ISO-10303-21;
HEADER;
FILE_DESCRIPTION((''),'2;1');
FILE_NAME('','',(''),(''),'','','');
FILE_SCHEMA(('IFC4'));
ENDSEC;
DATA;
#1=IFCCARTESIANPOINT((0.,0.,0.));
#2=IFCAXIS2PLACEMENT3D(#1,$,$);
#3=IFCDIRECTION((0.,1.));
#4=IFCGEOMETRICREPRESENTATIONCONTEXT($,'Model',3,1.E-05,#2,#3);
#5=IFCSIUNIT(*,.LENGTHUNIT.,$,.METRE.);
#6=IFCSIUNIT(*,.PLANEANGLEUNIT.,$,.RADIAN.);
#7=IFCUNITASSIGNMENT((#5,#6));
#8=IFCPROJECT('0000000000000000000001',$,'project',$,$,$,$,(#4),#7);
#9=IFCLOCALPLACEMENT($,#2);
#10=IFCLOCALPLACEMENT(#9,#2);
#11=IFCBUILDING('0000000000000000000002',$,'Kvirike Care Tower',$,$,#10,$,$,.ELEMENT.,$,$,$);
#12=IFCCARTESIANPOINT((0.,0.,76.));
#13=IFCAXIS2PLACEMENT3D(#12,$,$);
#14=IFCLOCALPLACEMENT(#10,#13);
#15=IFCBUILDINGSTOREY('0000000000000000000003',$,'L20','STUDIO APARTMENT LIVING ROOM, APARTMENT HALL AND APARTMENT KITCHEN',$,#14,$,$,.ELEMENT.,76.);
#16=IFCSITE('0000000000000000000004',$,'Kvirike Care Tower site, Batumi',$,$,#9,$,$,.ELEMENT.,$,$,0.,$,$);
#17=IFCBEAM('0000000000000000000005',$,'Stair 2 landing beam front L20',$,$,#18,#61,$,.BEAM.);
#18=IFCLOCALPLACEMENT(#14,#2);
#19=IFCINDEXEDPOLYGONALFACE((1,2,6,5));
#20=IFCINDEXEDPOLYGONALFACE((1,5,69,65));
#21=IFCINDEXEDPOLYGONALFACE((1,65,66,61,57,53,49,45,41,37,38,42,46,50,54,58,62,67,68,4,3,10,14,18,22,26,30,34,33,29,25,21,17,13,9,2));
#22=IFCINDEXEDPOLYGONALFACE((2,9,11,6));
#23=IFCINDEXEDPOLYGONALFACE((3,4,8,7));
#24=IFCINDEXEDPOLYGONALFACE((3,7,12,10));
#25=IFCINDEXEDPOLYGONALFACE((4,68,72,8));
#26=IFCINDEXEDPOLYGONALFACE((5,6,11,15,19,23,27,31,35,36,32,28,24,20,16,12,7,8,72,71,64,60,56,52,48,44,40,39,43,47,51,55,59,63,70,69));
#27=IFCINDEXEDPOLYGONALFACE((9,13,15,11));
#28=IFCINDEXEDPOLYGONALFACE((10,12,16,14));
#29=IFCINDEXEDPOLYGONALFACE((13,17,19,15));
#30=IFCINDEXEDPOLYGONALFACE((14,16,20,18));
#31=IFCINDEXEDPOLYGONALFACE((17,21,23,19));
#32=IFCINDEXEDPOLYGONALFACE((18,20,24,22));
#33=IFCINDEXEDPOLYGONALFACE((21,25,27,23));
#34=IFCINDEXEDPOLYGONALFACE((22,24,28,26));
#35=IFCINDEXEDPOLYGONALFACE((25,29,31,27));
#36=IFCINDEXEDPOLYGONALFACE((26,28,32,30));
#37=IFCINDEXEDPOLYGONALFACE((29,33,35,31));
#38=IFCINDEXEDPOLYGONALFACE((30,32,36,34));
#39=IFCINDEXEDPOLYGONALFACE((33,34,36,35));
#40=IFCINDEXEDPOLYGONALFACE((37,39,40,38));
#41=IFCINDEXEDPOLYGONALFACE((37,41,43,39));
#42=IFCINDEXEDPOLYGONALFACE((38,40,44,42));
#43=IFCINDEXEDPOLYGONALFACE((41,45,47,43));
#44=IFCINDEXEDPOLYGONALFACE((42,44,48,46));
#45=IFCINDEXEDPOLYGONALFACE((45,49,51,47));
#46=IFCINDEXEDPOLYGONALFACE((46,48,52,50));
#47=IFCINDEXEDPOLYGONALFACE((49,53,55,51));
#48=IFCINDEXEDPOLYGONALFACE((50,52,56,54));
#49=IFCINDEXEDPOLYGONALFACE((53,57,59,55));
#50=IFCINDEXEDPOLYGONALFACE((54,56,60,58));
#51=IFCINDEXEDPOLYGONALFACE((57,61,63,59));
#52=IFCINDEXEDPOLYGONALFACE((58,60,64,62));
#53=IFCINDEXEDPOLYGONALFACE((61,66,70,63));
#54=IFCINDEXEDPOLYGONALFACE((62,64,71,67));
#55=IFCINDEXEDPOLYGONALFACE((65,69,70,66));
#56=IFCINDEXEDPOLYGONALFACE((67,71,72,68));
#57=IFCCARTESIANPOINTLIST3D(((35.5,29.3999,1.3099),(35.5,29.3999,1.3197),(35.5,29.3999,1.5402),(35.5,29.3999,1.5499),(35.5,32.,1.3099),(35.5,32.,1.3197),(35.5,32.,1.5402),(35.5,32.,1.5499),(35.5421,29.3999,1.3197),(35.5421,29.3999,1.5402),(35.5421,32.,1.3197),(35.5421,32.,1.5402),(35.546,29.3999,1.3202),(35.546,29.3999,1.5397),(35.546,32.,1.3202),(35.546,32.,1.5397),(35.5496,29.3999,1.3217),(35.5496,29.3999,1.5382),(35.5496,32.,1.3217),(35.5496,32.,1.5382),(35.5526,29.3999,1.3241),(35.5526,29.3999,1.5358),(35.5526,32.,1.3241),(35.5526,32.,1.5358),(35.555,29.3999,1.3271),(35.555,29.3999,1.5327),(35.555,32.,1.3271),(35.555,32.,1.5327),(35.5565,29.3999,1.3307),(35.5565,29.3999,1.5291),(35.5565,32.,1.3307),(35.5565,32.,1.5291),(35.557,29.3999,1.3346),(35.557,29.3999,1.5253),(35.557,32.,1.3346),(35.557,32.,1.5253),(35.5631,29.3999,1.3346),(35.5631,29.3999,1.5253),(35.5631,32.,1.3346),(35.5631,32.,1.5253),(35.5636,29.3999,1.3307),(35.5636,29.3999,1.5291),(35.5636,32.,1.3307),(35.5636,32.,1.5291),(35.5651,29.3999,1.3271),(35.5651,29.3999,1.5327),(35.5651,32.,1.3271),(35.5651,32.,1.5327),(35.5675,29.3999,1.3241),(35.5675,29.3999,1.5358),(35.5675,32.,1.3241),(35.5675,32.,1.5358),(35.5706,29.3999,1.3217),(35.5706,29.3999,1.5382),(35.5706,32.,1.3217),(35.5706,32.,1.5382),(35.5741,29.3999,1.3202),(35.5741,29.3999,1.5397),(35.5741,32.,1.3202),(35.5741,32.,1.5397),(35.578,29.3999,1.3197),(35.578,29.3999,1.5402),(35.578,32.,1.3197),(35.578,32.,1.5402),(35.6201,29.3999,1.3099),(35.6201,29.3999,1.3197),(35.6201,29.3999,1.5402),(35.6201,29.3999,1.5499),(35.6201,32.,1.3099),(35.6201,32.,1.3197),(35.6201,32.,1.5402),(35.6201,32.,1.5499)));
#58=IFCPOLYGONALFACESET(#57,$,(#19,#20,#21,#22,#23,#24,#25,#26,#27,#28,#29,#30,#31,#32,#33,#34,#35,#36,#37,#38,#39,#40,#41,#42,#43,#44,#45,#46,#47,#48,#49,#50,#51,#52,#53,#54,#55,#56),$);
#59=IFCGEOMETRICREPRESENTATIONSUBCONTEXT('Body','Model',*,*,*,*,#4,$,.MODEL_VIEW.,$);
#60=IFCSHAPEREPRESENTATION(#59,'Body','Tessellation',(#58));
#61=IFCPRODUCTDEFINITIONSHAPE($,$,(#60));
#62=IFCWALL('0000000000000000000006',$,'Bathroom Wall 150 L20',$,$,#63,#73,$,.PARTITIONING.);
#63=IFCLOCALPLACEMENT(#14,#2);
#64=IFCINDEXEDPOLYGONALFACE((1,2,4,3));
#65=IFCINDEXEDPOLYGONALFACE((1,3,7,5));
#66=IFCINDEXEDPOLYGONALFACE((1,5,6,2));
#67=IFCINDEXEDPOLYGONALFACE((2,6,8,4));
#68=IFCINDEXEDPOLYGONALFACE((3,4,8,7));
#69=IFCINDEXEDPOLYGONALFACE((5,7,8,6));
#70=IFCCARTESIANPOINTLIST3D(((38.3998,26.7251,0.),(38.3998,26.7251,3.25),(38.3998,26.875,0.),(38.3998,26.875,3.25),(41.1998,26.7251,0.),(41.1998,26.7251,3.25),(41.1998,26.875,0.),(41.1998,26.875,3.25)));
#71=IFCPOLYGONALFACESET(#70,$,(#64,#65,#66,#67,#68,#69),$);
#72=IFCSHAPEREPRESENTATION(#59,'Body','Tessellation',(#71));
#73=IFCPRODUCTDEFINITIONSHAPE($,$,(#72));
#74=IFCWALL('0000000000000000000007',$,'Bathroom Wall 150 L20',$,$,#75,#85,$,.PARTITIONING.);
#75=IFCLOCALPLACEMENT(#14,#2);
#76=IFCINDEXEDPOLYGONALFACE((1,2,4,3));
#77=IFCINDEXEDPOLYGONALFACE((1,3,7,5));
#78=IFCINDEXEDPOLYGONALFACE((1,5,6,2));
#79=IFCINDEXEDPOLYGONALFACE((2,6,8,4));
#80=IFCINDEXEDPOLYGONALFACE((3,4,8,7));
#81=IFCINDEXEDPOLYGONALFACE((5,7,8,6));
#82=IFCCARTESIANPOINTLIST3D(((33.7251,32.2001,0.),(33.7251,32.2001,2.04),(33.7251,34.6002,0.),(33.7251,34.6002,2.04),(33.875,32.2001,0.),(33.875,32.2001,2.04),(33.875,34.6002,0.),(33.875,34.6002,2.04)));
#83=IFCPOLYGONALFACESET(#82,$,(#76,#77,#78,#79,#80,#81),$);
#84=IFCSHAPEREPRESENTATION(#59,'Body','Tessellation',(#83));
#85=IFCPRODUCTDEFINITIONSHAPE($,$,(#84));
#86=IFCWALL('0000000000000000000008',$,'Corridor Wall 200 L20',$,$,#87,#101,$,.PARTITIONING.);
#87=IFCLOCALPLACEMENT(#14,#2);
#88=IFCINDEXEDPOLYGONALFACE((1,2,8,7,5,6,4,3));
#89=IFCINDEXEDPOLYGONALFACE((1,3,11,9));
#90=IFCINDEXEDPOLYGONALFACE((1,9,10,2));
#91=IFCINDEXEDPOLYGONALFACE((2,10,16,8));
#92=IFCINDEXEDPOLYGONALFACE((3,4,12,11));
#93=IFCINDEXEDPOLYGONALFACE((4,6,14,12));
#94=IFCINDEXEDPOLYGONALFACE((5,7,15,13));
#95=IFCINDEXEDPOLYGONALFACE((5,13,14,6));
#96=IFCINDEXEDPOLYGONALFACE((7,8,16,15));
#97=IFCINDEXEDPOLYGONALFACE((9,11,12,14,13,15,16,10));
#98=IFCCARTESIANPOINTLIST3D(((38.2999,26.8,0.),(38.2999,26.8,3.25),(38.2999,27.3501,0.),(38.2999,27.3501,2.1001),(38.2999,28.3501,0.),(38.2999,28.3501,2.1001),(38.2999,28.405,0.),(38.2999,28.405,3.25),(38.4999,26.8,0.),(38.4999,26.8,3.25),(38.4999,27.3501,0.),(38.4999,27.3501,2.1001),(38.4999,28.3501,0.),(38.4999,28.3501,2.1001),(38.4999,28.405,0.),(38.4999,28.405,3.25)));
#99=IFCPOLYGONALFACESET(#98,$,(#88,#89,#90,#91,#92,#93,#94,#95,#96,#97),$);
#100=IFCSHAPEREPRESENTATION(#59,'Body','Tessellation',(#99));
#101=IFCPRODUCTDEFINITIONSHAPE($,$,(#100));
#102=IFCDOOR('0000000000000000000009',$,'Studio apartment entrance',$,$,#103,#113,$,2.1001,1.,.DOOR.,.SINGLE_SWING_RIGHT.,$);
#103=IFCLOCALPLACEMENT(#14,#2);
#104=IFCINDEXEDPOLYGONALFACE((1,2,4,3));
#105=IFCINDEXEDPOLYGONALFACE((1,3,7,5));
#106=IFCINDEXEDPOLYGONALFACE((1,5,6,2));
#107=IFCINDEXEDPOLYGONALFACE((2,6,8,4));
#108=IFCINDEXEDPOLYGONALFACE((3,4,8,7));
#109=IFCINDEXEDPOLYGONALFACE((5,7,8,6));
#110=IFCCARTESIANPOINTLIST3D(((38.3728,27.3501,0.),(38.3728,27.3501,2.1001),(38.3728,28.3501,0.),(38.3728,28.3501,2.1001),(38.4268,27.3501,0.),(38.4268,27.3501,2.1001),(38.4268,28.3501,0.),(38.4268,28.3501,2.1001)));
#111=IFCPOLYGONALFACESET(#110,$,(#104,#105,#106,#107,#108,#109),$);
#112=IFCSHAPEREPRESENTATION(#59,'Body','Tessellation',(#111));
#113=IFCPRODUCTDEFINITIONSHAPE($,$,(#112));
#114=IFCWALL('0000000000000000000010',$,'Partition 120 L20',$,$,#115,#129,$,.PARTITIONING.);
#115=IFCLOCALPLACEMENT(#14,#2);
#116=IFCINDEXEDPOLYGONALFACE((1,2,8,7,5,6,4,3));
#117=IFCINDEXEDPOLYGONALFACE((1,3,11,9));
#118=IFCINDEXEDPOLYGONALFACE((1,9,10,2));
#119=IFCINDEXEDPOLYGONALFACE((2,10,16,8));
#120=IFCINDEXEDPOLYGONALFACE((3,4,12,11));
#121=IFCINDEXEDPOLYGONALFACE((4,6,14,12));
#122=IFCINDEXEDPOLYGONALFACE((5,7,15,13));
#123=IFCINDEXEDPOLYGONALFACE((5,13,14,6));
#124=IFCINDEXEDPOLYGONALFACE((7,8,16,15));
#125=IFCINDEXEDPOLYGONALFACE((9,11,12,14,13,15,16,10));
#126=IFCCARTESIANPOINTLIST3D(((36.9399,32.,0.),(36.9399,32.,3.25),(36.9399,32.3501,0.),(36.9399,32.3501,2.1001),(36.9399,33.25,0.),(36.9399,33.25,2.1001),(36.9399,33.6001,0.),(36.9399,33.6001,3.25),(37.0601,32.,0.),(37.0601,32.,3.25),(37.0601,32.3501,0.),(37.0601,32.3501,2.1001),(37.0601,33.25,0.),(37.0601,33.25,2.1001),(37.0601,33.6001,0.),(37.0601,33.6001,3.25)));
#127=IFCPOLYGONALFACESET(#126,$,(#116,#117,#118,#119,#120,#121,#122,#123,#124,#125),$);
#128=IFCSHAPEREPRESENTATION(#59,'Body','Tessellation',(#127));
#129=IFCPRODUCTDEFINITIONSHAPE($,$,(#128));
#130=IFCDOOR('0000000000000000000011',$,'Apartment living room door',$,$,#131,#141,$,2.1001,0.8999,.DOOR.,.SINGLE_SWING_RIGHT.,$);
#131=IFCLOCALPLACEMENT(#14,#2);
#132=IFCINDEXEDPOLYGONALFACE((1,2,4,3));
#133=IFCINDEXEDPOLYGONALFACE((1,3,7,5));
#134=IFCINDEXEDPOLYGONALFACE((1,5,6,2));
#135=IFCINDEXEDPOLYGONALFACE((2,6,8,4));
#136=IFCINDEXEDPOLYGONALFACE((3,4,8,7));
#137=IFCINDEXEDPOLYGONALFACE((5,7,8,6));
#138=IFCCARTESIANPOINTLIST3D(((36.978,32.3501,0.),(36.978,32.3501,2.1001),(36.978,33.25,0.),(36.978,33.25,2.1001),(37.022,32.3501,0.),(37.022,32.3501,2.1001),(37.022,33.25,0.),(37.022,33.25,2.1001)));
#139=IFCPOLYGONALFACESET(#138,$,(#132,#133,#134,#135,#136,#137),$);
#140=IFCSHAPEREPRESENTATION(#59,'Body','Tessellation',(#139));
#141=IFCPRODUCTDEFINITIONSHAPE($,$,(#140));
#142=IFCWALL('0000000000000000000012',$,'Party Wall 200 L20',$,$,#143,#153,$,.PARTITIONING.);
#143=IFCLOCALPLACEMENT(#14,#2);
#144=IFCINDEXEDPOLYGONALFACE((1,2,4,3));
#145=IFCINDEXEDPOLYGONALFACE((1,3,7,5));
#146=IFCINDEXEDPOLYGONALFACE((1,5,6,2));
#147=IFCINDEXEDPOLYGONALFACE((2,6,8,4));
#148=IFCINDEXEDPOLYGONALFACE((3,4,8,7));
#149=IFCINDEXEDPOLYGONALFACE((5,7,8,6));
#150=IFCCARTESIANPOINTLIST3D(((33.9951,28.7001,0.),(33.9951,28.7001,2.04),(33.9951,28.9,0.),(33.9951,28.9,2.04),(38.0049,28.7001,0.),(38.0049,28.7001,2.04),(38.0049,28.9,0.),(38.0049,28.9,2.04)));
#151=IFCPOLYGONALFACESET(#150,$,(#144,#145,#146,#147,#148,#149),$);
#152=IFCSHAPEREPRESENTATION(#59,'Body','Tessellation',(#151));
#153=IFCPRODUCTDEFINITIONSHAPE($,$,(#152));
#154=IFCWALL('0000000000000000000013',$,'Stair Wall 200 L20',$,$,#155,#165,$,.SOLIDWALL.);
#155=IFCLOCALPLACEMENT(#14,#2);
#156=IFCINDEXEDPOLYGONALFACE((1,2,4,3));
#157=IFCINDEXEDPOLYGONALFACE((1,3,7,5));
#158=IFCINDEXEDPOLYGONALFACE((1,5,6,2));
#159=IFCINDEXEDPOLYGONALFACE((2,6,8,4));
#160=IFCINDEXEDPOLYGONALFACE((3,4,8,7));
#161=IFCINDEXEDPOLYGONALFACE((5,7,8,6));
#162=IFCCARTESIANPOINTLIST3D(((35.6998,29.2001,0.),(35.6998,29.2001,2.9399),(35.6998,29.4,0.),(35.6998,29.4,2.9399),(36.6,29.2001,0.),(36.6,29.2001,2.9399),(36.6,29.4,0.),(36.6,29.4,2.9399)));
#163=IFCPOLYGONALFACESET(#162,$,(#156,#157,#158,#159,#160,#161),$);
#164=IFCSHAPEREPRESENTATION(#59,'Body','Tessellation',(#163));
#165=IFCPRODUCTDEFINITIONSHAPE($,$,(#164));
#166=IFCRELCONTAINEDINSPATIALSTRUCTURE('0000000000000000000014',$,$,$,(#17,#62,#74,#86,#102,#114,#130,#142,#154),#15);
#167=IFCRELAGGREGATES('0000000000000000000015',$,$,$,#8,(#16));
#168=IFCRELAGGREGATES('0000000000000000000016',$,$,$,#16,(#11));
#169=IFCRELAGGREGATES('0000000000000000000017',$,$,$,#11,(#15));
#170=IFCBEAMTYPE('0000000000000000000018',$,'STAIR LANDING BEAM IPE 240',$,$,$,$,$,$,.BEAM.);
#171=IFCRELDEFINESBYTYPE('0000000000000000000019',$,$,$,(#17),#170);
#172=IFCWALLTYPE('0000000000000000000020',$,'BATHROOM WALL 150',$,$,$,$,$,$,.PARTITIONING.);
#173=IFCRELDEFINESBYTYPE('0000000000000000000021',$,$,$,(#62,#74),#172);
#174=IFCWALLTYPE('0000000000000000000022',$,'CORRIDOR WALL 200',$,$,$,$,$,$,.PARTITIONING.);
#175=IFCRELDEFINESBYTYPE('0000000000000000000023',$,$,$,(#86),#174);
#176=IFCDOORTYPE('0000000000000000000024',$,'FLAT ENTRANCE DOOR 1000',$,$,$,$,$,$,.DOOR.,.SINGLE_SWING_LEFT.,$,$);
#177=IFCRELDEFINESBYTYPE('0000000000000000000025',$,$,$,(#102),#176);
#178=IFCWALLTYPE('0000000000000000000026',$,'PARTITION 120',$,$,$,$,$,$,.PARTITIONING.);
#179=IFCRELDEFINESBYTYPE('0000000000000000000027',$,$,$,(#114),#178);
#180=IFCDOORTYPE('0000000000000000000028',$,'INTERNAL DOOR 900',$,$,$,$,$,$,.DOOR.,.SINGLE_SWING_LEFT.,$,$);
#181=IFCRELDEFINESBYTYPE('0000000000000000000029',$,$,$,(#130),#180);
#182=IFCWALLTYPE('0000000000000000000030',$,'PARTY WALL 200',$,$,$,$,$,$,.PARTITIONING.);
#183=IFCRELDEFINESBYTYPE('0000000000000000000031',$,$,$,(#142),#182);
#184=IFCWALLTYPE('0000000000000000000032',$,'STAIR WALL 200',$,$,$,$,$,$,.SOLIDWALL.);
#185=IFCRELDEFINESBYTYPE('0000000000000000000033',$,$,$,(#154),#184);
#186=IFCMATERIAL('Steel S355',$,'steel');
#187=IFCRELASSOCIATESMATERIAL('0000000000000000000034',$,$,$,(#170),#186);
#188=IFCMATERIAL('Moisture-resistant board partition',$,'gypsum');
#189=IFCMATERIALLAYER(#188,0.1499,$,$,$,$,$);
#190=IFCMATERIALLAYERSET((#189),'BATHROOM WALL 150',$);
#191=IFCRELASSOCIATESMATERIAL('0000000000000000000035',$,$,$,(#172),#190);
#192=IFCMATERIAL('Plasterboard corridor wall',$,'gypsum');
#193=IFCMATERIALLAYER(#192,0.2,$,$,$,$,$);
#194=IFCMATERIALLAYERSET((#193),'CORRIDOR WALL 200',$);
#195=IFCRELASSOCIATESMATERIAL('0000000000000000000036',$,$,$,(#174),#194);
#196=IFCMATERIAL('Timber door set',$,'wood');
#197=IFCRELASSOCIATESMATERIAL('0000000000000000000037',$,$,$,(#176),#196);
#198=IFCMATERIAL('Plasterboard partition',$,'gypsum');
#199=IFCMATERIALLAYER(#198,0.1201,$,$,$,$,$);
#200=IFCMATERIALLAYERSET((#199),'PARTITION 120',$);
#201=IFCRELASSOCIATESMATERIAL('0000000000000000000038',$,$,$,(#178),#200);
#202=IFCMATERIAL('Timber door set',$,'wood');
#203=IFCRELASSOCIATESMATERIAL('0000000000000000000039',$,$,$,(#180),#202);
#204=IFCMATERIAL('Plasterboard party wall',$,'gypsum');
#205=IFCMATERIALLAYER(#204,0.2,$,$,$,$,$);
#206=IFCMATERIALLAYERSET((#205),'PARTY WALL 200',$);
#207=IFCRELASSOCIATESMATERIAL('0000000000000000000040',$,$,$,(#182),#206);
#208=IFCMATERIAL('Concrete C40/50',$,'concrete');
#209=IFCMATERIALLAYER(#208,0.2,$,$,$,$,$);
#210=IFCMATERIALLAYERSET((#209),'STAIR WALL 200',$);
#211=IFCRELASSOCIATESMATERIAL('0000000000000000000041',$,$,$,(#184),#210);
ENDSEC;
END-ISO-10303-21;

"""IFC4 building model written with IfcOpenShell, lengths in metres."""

from ifc_helpers import new_model, si_unit, direction, frame, frame_2d, origin, origin_2d, place, context, subcontext, project, spatial, rectangle, i_section, extrude, material, layer, layer_set, material_profile, profile_set, type_object, element, fill, save


model = new_model("IFC4")

# Units and contexts
model_context = context("Model", 3, precision=1e-05, world=origin(), true_north=direction((0.0, 1.0)))
body_context = subcontext(model_context, "Body", "Model", "MODEL_VIEW")
ifc_project = project(units=[si_unit("LENGTHUNIT", "METRE"), si_unit("PLANEANGLEUNIT", "RADIAN")], contexts=[model_context])

# Site, building, storey
site_placement = place(None, origin())
site = spatial("IfcSite", under=ifc_project, at=site_placement, Name="Kvirike Care Tower site, Batumi", CompositionType="ELEMENT", RefElevation=0.0)
building_placement = place(site_placement, origin())
building = spatial("IfcBuilding", under=site, at=building_placement, Name="Kvirike Care Tower", CompositionType="ELEMENT")
storey_placement = place(building_placement, frame((0.0, 0.0, 76.0)))
storey = spatial("IfcBuildingStorey", under=building, at=storey_placement, Name="L20", Description="STUDIO APARTMENT LIVING ROOM, APARTMENT HALL AND APARTMENT KITCHEN", CompositionType="ELEMENT", Elevation=76.0)

# Beam
ifc_material_1 = material(Name="Steel S355", Category="steel")
ifc_material_profile_1 = material_profile(ifc_material_1, i_section(OverallWidth=0.1201, OverallDepth=0.24, WebThickness=0.0061, FlangeThickness=0.0098, FilletRadius=0.0149, at=origin_2d()), Name="IPE 240")
ifc_profile_set_1 = profile_set([ifc_material_profile_1], Name="Steel S355")
beam_type_1 = type_object("IfcBeamType", Name="STAIR LANDING BEAM IPE 240", PredefinedType="BEAM", material=ifc_profile_set_1)
for number, where, z_axis, x_axis, name in (
    (1, (35.5601, 29.3999, 1.4299), (0.0, 1.0, 0.0), (-1.0, 0.0, 0.0), "Stair 2 landing beam front L20"),
):
    element("IfcBeam", number, at=place(storey_placement, frame(where, z_axis=z_axis, x_axis=x_axis)), inside=storey, type_object=beam_type_1, Name=name, PredefinedType="BEAM", context=body_context, shape_type="SweptSolid", body=[
        extrude(i_section(OverallWidth=0.1201, OverallDepth=0.24, WebThickness=0.0061, FlangeThickness=0.0098, FilletRadius=0.0149, at=origin_2d()), origin(), (0.0, 0.0, 1.0), 2.6001),
    ])

# Walls
ifc_material_2 = material(Name="Moisture-resistant board partition", Category="gypsum")
ifc_layer_1 = layer(ifc_material_2, 0.1499)
ifc_layer_set_1 = layer_set([ifc_layer_1], Name="BATHROOM WALL 150")
wall_type_1 = type_object("IfcWallType", Name="BATHROOM WALL 150", PredefinedType="PARTITIONING", material=ifc_layer_set_1)
wall_1_placement = place(storey_placement, frame((38.3999, 26.8, 0.0), z_axis=(0.0, 0.0, 1.0), x_axis=(1.0, 0.0, 0.0)))
element("IfcWall", 2, at=wall_1_placement, inside=storey, type_object=wall_type_1, Name="Bathroom Wall 150 L20", PredefinedType="PARTITIONING", context=body_context, shape_type="SweptSolid", body=[
    extrude(rectangle(XDim=2.8, YDim=0.1499, at=frame_2d((1.3999, 0.0))), origin(), (0.0, 0.0, 1.0), 3.25),
])
wall_2_placement = place(storey_placement, frame((33.8, 32.2, 0.0), z_axis=(0.0, 0.0, 1.0), x_axis=(0.0, 1.0, 0.0)))
element("IfcWall", 3, at=wall_2_placement, inside=storey, type_object=wall_type_1, Name="Bathroom Wall 150 L20", PredefinedType="PARTITIONING", context=body_context, shape_type="SweptSolid", body=[
    extrude(rectangle(XDim=2.4001, YDim=0.1499, at=frame_2d((1.2002, 0.0))), origin(), (0.0, 0.0, 1.0), 2.04),
])

# Walls, openings, doors
ifc_material_3 = material(Name="Plasterboard corridor wall", Category="gypsum")
ifc_layer_2 = layer(ifc_material_3, 0.2)
ifc_layer_set_2 = layer_set([ifc_layer_2], Name="CORRIDOR WALL 200")
wall_type_2 = type_object("IfcWallType", Name="CORRIDOR WALL 200", PredefinedType="PARTITIONING", material=ifc_layer_set_2)
wall_3_placement = place(storey_placement, frame((38.3999, 26.8, 0.0), z_axis=(0.0, 0.0, 1.0), x_axis=(0.0, 1.0, 0.0)))
wall_3 = element("IfcWall", 4, at=wall_3_placement, inside=storey, type_object=wall_type_2, Name="Corridor Wall 200 L20", PredefinedType="PARTITIONING", context=body_context, shape_type="SweptSolid", body=[
    extrude(rectangle(XDim=1.605, YDim=0.2, at=frame_2d((0.8025, 0.0))), origin(), (0.0, 0.0, 1.0), 3.25),
])
opening_1_placement = place(wall_3_placement, frame((0.55, 0.0, 0.0)))
opening_1 = element("IfcOpeningElement", 5, at=opening_1_placement, cuts=wall_3, PredefinedType="OPENING", context=body_context, shape_type="SweptSolid", body=[
    extrude(rectangle(XDim=1.0, YDim=2.1001, at=frame_2d((0.5, 1.05))), frame((0.0, 0.1106, 0.0), z_axis=(0.0, -1.0, 0.0), x_axis=(1.0, 0.0, 0.0)), (0.0, 0.0, 1.0), 0.2209),
])
ifc_material_4 = material(Name="Timber door set", Category="wood")
door_type_1 = type_object("IfcDoorType", Name="FLAT ENTRANCE DOOR 1000", OperationType="SINGLE_SWING_LEFT", PredefinedType="DOOR", material=ifc_material_4)
door_1_placement = place(opening_1_placement, frame((1.0, 0.0, 0.0), z_axis=(0.0, 0.0, 1.0), x_axis=(-1.0, 0.0, 0.0)))
door_1 = element("IfcDoor", 6, at=door_1_placement, inside=storey, type_object=door_type_1, Name="Studio apartment entrance", OperationType="SINGLE_SWING_RIGHT", OverallHeight=2.1001, OverallWidth=1.0, PredefinedType="DOOR", context=body_context, shape_type="SweptSolid", body=[
    extrude(rectangle(XDim=1.0, YDim=2.1001, at=frame_2d((0.5, 1.05))), frame((0.0, 0.0269, 0.0), z_axis=(0.0, -1.0, 0.0), x_axis=(1.0, 0.0, 0.0)), (0.0, 0.0, 1.0), 0.054),
])
fill(opening_1, door_1)
ifc_material_5 = material(Name="Plasterboard partition", Category="gypsum")
ifc_layer_3 = layer(ifc_material_5, 0.1201)
ifc_layer_set_3 = layer_set([ifc_layer_3], Name="PARTITION 120")
wall_type_3 = type_object("IfcWallType", Name="PARTITION 120", PredefinedType="PARTITIONING", material=ifc_layer_set_3)
wall_4_placement = place(storey_placement, frame((37.0, 32.0, 0.0), z_axis=(0.0, 0.0, 1.0), x_axis=(0.0, 1.0, 0.0)))
wall_4 = element("IfcWall", 7, at=wall_4_placement, inside=storey, type_object=wall_type_3, Name="Partition 120 L20", PredefinedType="PARTITIONING", context=body_context, shape_type="SweptSolid", body=[
    extrude(rectangle(XDim=1.6001, YDim=0.1201, at=frame_2d((0.8, 0.0))), origin(), (0.0, 0.0, 1.0), 3.25),
])
opening_2_placement = place(wall_4_placement, frame((0.3501, 0.0, 0.0)))
opening_2 = element("IfcOpeningElement", 8, at=opening_2_placement, cuts=wall_4, PredefinedType="OPENING", context=body_context, shape_type="SweptSolid", body=[
    extrude(rectangle(XDim=0.8999, YDim=2.1001, at=frame_2d((0.45, 1.05))), frame((0.0, 0.0706, 0.0), z_axis=(0.0, -1.0, 0.0), x_axis=(1.0, 0.0, 0.0)), (0.0, 0.0, 1.0), 0.1411),
])
ifc_material_6 = material(Name="Timber door set", Category="wood")
door_type_2 = type_object("IfcDoorType", Name="INTERNAL DOOR 900", OperationType="SINGLE_SWING_LEFT", PredefinedType="DOOR", material=ifc_material_6)
door_2_placement = place(opening_2_placement, origin())
door_2 = element("IfcDoor", 9, at=door_2_placement, inside=storey, type_object=door_type_2, Name="Apartment living room door", OperationType="SINGLE_SWING_RIGHT", OverallHeight=2.1001, OverallWidth=0.8999, PredefinedType="DOOR", context=body_context, shape_type="SweptSolid", body=[
    extrude(rectangle(XDim=0.8999, YDim=2.1001, at=frame_2d((0.45, 1.05))), frame((0.0, 0.022, 0.0), z_axis=(0.0, -1.0, 0.0), x_axis=(1.0, 0.0, 0.0)), (0.0, 0.0, 1.0), 0.0439),
])
fill(opening_2, door_2)

# Walls
ifc_material_7 = material(Name="Plasterboard party wall", Category="gypsum")
ifc_layer_4 = layer(ifc_material_7, 0.2)
ifc_layer_set_4 = layer_set([ifc_layer_4], Name="PARTY WALL 200")
wall_type_4 = type_object("IfcWallType", Name="PARTY WALL 200", PredefinedType="PARTITIONING", material=ifc_layer_set_4)
wall_5_placement = place(storey_placement, frame((38.0049, 28.8, 0.0), z_axis=(0.0, 0.0, 1.0), x_axis=(-1.0, 0.0, 0.0)))
element("IfcWall", 10, at=wall_5_placement, inside=storey, type_object=wall_type_4, Name="Party Wall 200 L20", PredefinedType="PARTITIONING", context=body_context, shape_type="SweptSolid", body=[
    extrude(rectangle(XDim=4.0098, YDim=0.2, at=frame_2d((2.0049, 0.0))), origin(), (0.0, 0.0, 1.0), 2.04),
])
ifc_material_8 = material(Name="Concrete C40/50", Category="concrete")
ifc_layer_5 = layer(ifc_material_8, 0.2)
ifc_layer_set_5 = layer_set([ifc_layer_5], Name="STAIR WALL 200")
wall_type_5 = type_object("IfcWallType", Name="STAIR WALL 200", PredefinedType="SOLIDWALL", material=ifc_layer_set_5)
wall_6_placement = place(storey_placement, frame((36.6001, 29.3, 0.0), z_axis=(0.0, 0.0, 1.0), x_axis=(-1.0, 0.0, 0.0)))
element("IfcWall", 11, at=wall_6_placement, inside=storey, type_object=wall_type_5, Name="Stair Wall 200 L20", PredefinedType="SOLIDWALL", context=body_context, shape_type="SweptSolid", body=[
    extrude(rectangle(XDim=0.9001, YDim=0.2, at=frame_2d((0.4502, 0.0))), origin(), (0.0, 0.0, 1.0), 2.9399),
])

save(model, "model.ifc")
